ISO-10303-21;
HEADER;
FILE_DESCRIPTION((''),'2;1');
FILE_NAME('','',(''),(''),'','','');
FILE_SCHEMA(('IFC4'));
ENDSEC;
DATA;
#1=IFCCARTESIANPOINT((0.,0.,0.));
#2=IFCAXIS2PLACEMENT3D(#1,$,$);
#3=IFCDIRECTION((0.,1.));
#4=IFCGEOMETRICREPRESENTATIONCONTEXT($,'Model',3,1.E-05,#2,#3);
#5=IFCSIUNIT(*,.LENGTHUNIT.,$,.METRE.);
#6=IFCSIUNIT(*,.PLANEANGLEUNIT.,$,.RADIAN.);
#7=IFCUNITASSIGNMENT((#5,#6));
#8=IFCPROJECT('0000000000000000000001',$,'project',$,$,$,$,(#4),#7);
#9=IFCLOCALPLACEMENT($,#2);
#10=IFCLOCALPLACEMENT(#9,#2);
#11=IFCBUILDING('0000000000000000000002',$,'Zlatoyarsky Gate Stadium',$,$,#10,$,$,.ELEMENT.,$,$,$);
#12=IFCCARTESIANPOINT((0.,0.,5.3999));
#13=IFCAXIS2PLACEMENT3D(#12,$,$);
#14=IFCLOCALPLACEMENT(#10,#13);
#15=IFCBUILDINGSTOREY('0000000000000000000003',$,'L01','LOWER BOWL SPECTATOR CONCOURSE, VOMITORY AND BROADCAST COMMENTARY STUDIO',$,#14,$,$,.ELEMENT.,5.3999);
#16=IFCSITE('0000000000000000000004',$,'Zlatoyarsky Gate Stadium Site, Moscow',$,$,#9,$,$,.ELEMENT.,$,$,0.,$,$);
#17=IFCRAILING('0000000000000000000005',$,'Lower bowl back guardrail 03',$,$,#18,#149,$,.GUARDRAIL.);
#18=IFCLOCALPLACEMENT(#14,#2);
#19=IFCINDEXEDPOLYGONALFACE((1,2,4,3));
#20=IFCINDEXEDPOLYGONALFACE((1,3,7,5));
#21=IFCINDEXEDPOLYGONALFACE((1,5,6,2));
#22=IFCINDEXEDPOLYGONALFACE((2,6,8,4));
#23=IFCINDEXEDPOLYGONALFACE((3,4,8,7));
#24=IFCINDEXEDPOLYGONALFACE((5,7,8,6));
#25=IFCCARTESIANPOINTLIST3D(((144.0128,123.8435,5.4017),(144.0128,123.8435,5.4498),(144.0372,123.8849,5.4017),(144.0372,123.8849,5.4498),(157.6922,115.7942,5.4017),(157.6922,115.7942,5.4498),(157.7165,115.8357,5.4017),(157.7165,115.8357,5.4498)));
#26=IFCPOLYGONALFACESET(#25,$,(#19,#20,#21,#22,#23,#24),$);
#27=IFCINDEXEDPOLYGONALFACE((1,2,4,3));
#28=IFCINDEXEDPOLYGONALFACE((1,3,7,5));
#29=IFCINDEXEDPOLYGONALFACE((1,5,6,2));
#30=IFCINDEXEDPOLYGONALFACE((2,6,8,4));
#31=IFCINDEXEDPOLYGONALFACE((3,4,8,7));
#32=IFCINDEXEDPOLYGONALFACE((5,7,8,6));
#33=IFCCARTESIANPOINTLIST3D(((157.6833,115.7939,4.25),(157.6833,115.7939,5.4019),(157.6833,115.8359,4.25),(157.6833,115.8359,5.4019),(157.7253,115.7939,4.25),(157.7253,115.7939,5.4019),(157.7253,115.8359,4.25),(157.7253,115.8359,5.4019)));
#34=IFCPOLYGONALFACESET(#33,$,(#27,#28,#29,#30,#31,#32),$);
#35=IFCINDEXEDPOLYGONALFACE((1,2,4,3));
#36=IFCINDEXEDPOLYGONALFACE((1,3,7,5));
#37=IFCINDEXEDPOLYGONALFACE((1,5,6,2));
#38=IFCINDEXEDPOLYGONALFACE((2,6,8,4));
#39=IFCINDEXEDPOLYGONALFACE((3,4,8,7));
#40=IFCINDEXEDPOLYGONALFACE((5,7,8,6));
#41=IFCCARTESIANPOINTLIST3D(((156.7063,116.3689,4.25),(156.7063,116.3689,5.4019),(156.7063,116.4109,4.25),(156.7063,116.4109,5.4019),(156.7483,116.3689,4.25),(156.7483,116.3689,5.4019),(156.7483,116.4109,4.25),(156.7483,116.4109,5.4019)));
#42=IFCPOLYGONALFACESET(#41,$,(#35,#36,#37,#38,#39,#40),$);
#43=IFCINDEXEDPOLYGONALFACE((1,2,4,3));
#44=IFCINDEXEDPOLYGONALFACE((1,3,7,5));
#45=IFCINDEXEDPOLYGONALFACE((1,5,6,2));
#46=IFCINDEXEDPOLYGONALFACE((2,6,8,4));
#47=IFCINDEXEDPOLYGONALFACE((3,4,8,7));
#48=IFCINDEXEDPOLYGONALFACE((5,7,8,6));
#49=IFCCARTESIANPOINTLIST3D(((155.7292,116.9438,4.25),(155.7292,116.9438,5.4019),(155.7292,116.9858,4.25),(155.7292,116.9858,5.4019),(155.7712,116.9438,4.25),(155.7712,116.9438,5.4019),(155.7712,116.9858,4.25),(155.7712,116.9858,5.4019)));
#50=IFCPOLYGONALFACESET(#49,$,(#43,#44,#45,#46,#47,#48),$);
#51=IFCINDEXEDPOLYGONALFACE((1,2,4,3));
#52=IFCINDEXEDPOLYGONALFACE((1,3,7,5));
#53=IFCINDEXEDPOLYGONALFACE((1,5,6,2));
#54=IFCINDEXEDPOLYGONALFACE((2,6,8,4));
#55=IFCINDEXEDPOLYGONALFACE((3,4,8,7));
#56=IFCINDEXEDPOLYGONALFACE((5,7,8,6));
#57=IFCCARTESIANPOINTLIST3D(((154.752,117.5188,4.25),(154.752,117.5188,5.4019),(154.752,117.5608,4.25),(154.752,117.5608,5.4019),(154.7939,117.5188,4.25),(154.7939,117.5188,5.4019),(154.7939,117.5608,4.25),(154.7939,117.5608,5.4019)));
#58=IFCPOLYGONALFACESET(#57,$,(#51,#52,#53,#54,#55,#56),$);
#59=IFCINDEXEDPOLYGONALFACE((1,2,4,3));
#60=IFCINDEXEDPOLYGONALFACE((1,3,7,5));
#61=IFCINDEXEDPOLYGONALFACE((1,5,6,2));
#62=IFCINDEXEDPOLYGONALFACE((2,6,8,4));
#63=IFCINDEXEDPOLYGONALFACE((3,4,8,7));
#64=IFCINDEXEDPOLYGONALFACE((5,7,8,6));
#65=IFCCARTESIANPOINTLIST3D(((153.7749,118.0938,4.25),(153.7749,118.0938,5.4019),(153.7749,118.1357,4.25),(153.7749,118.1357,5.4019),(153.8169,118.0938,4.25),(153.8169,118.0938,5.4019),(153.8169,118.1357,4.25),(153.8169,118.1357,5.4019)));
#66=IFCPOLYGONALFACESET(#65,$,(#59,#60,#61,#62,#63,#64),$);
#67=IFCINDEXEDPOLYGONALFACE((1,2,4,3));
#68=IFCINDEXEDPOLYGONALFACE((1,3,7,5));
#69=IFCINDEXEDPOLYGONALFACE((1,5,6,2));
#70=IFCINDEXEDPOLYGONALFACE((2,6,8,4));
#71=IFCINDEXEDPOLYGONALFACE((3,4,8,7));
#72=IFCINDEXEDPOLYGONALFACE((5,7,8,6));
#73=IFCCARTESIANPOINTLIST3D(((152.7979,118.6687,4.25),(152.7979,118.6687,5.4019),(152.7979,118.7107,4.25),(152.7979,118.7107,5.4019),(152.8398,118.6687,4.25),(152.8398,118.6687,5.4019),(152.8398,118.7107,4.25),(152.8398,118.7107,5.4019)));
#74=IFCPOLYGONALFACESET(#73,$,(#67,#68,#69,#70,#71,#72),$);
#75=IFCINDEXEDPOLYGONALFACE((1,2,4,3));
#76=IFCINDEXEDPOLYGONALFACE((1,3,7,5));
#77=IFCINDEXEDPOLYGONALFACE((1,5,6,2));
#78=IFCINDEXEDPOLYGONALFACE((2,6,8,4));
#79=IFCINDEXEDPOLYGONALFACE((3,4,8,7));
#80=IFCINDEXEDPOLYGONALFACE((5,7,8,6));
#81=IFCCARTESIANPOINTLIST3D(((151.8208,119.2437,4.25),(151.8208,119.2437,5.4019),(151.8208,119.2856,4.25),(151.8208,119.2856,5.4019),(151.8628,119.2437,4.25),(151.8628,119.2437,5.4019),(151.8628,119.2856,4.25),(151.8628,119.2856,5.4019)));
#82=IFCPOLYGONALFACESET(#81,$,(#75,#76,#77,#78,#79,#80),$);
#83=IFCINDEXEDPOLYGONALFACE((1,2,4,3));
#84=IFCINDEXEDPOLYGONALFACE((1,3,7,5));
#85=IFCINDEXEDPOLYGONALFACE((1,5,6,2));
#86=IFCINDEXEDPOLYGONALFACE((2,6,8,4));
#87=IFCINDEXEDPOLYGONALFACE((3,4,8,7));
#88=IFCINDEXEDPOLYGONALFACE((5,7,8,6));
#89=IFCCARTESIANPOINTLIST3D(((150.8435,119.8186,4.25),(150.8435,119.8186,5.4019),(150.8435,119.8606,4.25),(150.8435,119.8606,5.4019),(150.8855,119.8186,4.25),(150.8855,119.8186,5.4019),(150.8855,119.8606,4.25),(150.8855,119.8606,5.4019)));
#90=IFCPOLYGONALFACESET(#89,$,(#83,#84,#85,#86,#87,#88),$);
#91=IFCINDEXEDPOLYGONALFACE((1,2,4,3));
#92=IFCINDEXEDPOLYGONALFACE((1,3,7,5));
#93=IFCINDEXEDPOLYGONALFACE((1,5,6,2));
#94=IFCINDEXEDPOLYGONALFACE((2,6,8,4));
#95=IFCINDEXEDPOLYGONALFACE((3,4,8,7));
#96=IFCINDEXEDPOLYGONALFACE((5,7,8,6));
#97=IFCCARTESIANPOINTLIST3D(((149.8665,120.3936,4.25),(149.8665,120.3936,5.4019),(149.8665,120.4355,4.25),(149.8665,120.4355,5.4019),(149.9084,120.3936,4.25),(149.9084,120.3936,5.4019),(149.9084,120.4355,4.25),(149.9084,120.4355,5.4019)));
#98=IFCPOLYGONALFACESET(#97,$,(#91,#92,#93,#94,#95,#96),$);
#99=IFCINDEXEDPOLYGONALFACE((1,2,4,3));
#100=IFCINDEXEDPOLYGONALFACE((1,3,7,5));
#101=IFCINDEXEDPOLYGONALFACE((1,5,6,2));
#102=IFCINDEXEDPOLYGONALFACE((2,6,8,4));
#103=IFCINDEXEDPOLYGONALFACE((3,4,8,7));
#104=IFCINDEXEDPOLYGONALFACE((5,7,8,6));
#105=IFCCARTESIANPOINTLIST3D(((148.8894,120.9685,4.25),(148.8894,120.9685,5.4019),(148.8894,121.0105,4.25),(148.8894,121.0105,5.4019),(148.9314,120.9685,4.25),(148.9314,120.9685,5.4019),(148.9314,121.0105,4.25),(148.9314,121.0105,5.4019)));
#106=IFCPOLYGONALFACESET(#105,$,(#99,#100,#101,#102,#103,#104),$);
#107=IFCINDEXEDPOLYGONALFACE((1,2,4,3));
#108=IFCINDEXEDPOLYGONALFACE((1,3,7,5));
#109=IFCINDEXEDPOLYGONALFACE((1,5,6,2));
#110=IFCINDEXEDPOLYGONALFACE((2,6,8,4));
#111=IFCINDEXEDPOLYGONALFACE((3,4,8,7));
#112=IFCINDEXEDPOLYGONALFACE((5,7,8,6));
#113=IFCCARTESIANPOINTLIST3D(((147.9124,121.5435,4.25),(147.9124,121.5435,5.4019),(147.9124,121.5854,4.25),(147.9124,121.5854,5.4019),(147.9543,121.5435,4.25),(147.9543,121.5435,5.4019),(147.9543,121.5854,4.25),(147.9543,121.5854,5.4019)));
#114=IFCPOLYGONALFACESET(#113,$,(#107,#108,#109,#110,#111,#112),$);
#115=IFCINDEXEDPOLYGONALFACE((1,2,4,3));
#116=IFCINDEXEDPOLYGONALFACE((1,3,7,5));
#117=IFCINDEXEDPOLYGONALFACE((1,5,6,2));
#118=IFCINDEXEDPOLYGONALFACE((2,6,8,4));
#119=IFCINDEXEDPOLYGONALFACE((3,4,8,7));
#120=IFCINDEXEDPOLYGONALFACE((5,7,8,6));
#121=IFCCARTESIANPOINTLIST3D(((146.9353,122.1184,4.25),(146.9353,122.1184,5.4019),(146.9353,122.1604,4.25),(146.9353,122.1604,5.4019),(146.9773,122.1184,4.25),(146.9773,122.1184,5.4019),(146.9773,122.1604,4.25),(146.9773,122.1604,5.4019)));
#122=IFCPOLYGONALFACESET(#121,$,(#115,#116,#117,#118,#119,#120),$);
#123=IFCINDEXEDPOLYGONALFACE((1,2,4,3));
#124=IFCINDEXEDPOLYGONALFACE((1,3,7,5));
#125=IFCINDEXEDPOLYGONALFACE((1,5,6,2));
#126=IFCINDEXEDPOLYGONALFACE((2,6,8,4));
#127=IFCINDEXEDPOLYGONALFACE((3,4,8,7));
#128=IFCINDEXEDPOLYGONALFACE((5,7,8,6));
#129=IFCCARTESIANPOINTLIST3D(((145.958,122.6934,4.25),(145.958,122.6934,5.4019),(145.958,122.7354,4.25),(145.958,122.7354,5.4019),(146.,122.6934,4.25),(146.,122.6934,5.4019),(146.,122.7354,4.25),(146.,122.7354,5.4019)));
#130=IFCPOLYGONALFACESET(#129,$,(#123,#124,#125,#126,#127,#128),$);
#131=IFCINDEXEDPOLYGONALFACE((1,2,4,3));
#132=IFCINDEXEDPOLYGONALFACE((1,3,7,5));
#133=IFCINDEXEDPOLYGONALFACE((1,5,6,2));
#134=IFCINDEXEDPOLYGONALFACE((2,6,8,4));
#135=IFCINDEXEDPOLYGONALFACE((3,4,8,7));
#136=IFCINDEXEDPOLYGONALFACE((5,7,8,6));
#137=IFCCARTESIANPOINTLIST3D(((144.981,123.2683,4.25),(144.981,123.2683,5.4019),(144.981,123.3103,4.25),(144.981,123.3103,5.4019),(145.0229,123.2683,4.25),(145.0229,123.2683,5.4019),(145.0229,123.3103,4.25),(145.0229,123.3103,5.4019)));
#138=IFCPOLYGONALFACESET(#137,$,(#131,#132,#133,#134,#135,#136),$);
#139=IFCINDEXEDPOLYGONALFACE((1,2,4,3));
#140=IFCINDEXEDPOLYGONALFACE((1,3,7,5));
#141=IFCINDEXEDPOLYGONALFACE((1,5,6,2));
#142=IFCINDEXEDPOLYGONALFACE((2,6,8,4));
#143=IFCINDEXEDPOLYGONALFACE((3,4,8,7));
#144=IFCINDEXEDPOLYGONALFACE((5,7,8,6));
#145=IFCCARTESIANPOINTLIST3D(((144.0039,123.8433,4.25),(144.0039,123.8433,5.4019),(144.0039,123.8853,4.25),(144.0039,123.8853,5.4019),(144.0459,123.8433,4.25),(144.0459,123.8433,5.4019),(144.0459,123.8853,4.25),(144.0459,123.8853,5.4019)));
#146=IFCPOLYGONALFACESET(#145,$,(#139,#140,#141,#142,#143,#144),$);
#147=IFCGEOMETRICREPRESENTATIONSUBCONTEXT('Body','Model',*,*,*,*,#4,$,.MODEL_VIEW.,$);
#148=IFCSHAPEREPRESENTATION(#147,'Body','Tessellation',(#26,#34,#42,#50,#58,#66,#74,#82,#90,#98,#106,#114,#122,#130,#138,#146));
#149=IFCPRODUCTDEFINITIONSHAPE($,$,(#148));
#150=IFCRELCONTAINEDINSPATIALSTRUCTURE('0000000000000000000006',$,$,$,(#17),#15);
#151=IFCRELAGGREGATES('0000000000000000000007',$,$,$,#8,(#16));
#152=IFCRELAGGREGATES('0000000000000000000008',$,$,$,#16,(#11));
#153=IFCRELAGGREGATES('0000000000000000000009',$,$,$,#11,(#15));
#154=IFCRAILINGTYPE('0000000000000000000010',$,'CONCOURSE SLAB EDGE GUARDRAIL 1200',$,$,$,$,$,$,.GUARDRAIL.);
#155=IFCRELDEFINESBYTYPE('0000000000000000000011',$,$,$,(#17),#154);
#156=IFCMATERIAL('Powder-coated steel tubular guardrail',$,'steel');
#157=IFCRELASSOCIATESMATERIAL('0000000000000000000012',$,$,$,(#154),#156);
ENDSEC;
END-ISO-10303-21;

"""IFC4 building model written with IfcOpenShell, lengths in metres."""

from ifc_helpers import new_model, si_unit, direction, frame, origin, origin_2d, place, context, subcontext, project, spatial, rectangle, extrude, material, type_object, element, save


model = new_model("IFC4")

# Units and contexts
model_context = context("Model", 3, precision=1e-05, world=origin(), true_north=direction((0.0, 1.0)))
body_context = subcontext(model_context, "Body", "Model", "MODEL_VIEW")
ifc_project = project(units=[si_unit("LENGTHUNIT", "METRE"), si_unit("PLANEANGLEUNIT", "RADIAN")], contexts=[model_context])

# Site, building, storey
site_placement = place(None, origin())
site = spatial("IfcSite", under=ifc_project, at=site_placement, Name="Zlatoyarsky Gate Stadium Site, Moscow", CompositionType="ELEMENT", RefElevation=0.0)
building_placement = place(site_placement, origin())
building = spatial("IfcBuilding", under=site, at=building_placement, Name="Zlatoyarsky Gate Stadium", CompositionType="ELEMENT")
storey_placement = place(building_placement, frame((0.0, 0.0, 5.3999)))
storey = spatial("IfcBuildingStorey", under=building, at=storey_placement, Name="L01", Description="LOWER BOWL SPECTATOR CONCOURSE, VOMITORY AND BROADCAST COMMENTARY STUDIO", CompositionType="ELEMENT", Elevation=5.3999)

# Railing
ifc_material_1 = material(Name="Powder-coated steel tubular guardrail", Category="steel")
railing_type = type_object("IfcRailingType", Name="CONCOURSE SLAB EDGE GUARDRAIL 1200", PredefinedType="GUARDRAIL", material=ifc_material_1)
railing_1_placement = place(storey_placement, frame((157.7043, 115.8149, 4.25)))
element("IfcRailing", 1, at=railing_1_placement, inside=storey, type_object=railing_type, Name="Lower bowl back guardrail 03", PredefinedType="GUARDRAIL", context=body_context, shape_type="SweptSolid", body=[
    extrude(rectangle(XDim=0.0481, YDim=0.0481, at=origin_2d()), frame((0.0, 0.0, 1.1758), z_axis=(-0.861863, 0.507141, 0.0), x_axis=(-0.507141, -0.861863, 0.0)), (0.0, 0.0, 1.0), 15.8718),
    extrude(rectangle(XDim=0.042, YDim=0.042, at=origin_2d()), origin(), (0.0, 0.0, 1.0), 1.1519),
    extrude(rectangle(XDim=0.042, YDim=0.042, at=origin_2d()), frame((-0.9771, 0.575, 0.0)), (0.0, 0.0, 1.0), 1.1519),
    extrude(rectangle(XDim=0.042, YDim=0.042, at=origin_2d()), frame((-1.9541, 1.1499, 0.0)), (0.0, 0.0, 1.0), 1.1519),
    extrude(rectangle(XDim=0.042, YDim=0.042, at=origin_2d()), frame((-2.9314, 1.7249, 0.0)), (0.0, 0.0, 1.0), 1.1519),
    extrude(rectangle(XDim=0.042, YDim=0.042, at=origin_2d()), frame((-3.9084, 2.2998, 0.0)), (0.0, 0.0, 1.0), 1.1519),
    extrude(rectangle(XDim=0.042, YDim=0.042, at=origin_2d()), frame((-4.8855, 2.8748, 0.0)), (0.0, 0.0, 1.0), 1.1519),
    extrude(rectangle(XDim=0.042, YDim=0.042, at=origin_2d()), frame((-5.8625, 3.4497, 0.0)), (0.0, 0.0, 1.0), 1.1519),
    extrude(rectangle(XDim=0.042, YDim=0.042, at=origin_2d()), frame((-6.8398, 4.0247, 0.0)), (0.0, 0.0, 1.0), 1.1519),
    extrude(rectangle(XDim=0.042, YDim=0.042, at=origin_2d()), frame((-7.8169, 4.5996, 0.0)), (0.0, 0.0, 1.0), 1.1519),
    extrude(rectangle(XDim=0.042, YDim=0.042, at=origin_2d()), frame((-8.7939, 5.1746, 0.0)), (0.0, 0.0, 1.0), 1.1519),
    extrude(rectangle(XDim=0.042, YDim=0.042, at=origin_2d()), frame((-9.771, 5.7495, 0.0)), (0.0, 0.0, 1.0), 1.1519),
    extrude(rectangle(XDim=0.042, YDim=0.042, at=origin_2d()), frame((-10.748, 6.3245, 0.0)), (0.0, 0.0, 1.0), 1.1519),
    extrude(rectangle(XDim=0.042, YDim=0.042, at=origin_2d()), frame((-11.7253, 6.8994, 0.0)), (0.0, 0.0, 1.0), 1.1519),
    extrude(rectangle(XDim=0.042, YDim=0.042, at=origin_2d()), frame((-12.7024, 7.4744, 0.0)), (0.0, 0.0, 1.0), 1.1519),
    extrude(rectangle(XDim=0.042, YDim=0.042, at=origin_2d()), frame((-13.6794, 8.0493, 0.0)), (0.0, 0.0, 1.0), 1.1519),
])

save(model, "model.ifc")
